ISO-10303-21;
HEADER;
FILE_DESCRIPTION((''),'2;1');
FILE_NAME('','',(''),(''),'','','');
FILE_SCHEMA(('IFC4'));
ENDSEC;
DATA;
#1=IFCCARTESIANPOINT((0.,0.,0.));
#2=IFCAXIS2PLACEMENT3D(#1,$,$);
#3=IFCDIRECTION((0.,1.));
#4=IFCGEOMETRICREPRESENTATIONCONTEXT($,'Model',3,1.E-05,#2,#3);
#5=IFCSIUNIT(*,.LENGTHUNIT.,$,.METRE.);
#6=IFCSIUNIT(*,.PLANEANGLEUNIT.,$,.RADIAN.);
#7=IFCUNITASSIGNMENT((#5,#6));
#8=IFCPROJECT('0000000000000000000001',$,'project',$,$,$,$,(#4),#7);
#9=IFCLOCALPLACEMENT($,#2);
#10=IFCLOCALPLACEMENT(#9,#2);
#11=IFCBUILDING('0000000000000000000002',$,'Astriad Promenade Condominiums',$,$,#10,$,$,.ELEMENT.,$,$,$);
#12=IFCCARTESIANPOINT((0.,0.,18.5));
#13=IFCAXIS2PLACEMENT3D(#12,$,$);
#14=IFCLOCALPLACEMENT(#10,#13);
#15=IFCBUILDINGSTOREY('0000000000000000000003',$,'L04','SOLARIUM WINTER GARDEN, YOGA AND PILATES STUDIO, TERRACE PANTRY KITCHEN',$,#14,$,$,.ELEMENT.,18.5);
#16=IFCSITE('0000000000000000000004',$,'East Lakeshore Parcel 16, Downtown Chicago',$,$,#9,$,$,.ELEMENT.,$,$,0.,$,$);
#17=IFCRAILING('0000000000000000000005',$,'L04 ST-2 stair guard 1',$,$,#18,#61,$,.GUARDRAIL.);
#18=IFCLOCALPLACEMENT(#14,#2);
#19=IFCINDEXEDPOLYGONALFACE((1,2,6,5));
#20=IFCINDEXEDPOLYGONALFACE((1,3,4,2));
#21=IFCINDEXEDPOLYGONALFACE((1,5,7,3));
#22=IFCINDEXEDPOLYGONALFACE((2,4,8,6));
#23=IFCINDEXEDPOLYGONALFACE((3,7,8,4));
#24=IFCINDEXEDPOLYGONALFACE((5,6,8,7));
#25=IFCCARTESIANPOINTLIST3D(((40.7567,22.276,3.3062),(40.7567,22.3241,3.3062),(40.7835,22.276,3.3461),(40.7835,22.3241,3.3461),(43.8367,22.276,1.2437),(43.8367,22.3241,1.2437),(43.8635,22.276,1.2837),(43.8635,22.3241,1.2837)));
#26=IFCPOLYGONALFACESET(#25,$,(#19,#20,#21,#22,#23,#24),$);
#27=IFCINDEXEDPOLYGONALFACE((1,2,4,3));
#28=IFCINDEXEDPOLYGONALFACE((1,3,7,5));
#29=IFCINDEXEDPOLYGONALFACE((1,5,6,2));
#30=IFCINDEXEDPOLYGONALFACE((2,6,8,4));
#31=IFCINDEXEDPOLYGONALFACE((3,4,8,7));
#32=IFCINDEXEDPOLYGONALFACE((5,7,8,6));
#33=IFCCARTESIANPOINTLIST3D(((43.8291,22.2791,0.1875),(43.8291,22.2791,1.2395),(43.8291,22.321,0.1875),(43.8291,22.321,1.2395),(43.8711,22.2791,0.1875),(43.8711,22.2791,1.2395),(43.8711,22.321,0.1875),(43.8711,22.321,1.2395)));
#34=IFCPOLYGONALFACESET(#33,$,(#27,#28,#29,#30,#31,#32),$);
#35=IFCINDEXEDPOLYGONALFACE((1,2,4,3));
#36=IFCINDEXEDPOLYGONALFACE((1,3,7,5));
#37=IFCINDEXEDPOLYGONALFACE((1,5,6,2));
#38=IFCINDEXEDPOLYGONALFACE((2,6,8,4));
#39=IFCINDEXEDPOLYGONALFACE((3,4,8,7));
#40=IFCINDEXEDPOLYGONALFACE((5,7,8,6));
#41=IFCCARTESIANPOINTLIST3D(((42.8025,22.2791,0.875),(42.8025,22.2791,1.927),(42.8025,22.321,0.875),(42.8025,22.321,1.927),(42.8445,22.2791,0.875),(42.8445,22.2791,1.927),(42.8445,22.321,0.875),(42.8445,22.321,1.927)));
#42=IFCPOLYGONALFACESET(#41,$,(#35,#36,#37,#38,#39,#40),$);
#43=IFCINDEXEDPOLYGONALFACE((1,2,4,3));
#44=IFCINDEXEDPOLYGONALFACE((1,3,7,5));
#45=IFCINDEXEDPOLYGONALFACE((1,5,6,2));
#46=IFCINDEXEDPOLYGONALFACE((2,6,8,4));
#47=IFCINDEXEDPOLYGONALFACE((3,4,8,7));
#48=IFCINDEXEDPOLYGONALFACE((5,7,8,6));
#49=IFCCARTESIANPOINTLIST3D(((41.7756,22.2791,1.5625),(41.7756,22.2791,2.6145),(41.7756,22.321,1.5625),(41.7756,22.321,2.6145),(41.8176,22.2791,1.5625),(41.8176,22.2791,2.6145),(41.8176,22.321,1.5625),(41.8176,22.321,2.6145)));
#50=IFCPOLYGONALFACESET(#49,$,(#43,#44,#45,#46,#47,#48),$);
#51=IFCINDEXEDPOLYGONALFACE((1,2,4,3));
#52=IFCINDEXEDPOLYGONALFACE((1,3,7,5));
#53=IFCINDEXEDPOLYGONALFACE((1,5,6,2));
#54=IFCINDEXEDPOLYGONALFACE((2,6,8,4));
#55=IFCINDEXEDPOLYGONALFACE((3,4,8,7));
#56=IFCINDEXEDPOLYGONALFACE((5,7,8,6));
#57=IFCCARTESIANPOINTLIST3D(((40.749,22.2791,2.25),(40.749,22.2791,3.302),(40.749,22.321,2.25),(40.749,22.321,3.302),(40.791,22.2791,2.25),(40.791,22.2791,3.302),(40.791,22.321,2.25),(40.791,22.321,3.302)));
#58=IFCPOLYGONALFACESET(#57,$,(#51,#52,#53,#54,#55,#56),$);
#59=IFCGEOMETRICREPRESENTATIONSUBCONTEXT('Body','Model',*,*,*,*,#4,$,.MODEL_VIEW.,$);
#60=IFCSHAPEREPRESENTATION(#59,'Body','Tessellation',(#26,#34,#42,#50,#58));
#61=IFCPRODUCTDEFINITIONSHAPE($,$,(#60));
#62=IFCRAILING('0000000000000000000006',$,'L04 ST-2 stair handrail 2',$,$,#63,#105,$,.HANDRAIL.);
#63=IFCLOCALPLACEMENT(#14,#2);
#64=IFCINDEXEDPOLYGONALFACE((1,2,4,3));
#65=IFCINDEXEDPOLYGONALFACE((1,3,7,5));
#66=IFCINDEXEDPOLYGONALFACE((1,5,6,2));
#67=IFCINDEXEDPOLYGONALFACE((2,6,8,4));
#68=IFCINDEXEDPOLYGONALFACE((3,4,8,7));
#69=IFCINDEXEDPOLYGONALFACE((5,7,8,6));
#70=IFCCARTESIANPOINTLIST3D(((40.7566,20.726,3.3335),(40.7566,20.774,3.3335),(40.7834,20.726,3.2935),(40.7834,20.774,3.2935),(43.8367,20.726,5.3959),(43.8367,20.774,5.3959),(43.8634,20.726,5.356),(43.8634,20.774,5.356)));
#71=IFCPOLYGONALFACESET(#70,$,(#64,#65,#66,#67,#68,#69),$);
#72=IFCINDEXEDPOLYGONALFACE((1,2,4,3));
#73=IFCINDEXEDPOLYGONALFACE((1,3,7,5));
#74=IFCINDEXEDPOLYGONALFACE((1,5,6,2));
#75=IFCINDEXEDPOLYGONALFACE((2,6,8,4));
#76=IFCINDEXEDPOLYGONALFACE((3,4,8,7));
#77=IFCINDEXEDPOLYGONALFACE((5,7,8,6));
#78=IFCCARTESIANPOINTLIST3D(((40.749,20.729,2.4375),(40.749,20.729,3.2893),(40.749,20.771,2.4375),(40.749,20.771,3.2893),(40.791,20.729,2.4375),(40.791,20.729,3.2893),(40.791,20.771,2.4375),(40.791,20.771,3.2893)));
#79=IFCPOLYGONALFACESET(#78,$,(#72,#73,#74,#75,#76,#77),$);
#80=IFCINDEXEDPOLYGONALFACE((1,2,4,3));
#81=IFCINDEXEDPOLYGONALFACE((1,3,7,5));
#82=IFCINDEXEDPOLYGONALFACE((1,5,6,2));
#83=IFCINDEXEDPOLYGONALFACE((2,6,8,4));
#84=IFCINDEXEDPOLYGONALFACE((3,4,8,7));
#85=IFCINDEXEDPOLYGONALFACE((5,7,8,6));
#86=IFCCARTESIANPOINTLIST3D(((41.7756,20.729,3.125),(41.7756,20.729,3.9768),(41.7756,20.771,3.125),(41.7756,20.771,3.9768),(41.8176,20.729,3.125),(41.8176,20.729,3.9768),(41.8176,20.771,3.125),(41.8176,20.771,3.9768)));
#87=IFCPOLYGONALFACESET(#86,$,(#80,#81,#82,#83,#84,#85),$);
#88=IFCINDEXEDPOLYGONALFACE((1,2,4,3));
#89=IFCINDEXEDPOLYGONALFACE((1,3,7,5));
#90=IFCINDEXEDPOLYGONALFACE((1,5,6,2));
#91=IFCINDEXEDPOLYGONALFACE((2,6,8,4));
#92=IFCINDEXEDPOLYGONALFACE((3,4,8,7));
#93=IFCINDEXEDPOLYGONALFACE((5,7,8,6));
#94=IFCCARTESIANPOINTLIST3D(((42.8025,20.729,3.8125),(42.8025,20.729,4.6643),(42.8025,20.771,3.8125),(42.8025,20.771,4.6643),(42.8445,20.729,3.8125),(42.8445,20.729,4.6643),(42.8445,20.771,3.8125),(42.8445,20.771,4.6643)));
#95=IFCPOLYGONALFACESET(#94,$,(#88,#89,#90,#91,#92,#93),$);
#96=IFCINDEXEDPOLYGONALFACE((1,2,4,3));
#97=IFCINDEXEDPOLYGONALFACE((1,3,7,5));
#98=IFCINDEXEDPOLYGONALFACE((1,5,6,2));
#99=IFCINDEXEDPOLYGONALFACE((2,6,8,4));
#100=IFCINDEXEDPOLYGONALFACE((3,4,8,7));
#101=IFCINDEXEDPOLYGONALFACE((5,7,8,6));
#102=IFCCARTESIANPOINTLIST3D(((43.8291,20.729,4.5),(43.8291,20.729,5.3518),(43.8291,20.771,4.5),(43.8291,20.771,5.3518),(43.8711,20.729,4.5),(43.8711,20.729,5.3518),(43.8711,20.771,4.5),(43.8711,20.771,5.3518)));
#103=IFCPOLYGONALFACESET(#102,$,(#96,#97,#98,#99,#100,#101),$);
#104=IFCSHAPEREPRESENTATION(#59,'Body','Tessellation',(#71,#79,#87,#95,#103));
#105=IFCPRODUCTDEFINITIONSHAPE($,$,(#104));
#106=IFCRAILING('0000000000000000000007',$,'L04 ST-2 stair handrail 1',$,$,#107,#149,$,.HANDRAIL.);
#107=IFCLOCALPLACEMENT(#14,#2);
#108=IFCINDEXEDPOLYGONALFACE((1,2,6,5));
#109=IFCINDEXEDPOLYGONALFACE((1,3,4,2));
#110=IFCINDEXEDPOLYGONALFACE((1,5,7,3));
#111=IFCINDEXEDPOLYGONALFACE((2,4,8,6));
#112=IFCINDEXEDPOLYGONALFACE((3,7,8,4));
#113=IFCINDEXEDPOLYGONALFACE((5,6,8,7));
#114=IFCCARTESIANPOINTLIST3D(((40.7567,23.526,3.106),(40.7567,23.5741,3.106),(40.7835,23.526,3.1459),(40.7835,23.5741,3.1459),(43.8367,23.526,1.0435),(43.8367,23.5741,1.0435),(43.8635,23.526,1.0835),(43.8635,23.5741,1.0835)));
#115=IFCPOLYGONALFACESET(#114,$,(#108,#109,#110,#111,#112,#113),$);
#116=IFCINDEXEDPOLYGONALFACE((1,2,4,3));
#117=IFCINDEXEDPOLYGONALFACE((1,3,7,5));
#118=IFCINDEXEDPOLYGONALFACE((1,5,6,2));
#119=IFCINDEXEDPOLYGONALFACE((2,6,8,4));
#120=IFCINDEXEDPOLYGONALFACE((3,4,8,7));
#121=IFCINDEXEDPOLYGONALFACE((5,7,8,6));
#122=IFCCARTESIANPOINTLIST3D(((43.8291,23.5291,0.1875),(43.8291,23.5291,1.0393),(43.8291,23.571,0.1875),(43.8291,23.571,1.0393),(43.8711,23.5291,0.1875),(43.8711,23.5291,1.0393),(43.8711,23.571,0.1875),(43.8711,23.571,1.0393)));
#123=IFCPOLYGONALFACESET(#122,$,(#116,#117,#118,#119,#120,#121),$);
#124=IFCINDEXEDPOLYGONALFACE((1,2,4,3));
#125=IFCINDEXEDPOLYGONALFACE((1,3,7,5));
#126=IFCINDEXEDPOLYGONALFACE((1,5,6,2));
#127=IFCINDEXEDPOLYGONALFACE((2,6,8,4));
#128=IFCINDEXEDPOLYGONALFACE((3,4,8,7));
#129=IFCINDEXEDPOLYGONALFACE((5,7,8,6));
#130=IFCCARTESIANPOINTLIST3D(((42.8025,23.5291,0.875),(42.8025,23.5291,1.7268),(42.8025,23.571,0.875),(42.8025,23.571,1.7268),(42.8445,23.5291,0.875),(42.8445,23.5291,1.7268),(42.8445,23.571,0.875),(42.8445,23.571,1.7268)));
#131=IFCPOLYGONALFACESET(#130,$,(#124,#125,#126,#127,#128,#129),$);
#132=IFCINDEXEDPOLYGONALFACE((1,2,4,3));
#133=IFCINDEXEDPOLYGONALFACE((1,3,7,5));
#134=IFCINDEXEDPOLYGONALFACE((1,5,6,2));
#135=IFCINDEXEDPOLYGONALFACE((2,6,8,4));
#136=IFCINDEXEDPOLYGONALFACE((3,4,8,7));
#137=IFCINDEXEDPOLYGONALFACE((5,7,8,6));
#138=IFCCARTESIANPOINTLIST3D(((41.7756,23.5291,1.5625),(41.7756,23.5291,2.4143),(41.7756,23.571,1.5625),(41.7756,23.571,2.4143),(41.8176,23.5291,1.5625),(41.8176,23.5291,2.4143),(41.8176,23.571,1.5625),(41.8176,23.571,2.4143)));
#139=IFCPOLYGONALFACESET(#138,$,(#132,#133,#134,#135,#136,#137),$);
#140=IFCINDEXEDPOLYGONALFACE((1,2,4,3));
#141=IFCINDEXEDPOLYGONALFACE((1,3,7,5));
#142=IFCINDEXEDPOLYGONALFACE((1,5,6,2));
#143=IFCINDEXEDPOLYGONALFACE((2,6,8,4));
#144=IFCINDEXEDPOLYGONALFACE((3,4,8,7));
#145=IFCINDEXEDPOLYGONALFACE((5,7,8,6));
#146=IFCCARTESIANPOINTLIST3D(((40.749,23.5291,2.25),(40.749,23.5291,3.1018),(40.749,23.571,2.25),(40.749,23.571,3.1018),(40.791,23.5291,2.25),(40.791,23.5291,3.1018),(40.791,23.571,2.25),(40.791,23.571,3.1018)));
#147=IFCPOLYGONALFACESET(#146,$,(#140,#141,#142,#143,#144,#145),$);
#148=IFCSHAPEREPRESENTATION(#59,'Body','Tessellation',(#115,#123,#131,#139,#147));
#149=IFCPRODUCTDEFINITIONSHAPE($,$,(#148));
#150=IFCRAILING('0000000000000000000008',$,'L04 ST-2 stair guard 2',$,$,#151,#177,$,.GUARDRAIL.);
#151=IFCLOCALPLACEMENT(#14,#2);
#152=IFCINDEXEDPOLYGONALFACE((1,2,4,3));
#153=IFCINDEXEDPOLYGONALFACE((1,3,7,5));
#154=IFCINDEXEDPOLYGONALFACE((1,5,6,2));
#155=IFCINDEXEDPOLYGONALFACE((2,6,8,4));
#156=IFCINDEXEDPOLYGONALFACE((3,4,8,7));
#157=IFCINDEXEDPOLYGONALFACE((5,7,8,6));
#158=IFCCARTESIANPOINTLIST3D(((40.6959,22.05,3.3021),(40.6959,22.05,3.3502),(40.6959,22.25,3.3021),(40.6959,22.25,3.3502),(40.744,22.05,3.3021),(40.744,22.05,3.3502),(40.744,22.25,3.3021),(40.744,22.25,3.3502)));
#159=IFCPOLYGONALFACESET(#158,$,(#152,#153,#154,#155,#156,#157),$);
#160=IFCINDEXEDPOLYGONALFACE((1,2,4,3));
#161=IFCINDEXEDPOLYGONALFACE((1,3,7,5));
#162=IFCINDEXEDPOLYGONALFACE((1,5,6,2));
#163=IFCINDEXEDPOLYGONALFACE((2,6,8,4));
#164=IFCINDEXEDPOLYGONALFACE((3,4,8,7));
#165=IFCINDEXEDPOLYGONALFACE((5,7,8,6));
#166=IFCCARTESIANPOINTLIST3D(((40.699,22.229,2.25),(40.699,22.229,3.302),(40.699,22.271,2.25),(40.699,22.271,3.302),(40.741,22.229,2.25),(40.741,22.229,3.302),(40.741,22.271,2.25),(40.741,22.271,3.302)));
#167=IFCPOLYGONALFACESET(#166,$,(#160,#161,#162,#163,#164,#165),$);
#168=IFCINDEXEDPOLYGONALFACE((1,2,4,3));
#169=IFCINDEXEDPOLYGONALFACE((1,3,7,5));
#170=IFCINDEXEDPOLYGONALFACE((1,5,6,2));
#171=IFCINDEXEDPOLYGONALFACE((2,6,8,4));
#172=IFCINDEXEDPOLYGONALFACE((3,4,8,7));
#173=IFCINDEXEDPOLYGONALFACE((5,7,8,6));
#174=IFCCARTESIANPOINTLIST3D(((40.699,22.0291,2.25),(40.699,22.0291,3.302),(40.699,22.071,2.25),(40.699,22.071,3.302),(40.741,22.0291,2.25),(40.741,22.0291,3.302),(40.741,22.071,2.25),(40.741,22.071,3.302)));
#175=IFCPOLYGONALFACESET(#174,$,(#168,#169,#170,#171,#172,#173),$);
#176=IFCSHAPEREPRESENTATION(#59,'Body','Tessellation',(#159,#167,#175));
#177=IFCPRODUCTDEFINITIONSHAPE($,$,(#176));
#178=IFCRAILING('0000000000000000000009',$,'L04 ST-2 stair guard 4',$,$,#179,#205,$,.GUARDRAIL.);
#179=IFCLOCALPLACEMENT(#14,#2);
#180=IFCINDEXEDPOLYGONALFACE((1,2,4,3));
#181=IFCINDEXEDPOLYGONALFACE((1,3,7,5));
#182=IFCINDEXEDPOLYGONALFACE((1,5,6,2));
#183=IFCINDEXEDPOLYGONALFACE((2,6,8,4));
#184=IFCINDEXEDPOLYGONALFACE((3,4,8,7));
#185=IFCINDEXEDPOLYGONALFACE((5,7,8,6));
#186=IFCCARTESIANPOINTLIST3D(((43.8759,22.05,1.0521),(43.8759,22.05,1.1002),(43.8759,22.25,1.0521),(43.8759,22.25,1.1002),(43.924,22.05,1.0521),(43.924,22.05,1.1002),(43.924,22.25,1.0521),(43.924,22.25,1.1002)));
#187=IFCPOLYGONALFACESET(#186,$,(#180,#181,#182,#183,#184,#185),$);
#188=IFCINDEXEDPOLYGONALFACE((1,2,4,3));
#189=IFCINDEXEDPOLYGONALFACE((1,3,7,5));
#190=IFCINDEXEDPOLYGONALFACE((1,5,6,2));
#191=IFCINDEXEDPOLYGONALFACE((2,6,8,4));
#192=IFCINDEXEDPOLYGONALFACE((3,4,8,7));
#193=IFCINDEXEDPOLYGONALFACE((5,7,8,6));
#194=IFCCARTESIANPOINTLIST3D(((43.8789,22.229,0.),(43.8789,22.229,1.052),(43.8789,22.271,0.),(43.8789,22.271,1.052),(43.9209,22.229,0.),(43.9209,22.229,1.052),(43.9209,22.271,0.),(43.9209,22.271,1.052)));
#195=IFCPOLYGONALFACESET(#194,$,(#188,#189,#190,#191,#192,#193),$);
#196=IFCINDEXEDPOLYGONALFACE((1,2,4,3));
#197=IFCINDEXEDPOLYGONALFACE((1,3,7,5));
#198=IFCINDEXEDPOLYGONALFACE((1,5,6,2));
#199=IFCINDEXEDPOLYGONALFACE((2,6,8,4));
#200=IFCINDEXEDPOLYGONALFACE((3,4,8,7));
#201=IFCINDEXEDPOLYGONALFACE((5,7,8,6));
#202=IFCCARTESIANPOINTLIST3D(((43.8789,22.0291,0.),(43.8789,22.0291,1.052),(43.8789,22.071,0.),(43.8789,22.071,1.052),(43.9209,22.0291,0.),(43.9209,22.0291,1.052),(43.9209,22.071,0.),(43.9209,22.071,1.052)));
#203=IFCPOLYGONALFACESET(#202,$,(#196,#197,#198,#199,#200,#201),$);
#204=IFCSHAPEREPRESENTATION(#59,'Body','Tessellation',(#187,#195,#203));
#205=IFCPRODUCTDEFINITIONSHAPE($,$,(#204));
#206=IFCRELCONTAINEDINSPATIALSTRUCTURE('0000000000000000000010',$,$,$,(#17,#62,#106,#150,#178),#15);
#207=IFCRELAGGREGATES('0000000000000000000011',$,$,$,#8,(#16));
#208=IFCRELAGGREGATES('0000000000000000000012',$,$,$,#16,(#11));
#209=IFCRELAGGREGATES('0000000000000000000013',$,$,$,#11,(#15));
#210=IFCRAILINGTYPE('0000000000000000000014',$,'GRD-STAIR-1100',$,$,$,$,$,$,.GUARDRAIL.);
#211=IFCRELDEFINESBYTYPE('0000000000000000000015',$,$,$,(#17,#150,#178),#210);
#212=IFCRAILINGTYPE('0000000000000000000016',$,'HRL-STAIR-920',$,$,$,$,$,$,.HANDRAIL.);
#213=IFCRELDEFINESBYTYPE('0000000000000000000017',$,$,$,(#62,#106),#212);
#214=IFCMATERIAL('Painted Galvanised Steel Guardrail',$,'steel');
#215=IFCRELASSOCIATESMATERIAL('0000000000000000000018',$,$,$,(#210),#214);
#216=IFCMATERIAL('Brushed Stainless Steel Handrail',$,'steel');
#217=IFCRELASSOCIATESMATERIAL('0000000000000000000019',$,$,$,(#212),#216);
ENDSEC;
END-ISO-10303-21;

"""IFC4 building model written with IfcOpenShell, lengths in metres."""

from ifc_helpers import new_model, si_unit, direction, frame, origin, origin_2d, place, context, subcontext, project, spatial, rectangle, extrude, source, transform, mapped, material, type_object, type_shapes, element, save


model = new_model("IFC4")

# Units and contexts
model_context = context("Model", 3, precision=1e-05, world=origin(), true_north=direction((0.0, 1.0)))
body_context = subcontext(model_context, "Body", "Model", "MODEL_VIEW")
ifc_project = project(units=[si_unit("LENGTHUNIT", "METRE"), si_unit("PLANEANGLEUNIT", "RADIAN")], contexts=[model_context])

# Site, building, storey
site_placement = place(None, origin())
site = spatial("IfcSite", under=ifc_project, at=site_placement, Name="East Lakeshore Parcel 16, Downtown Chicago", CompositionType="ELEMENT", RefElevation=0.0)
building_placement = place(site_placement, origin())
building = spatial("IfcBuilding", under=site, at=building_placement, Name="Astriad Promenade Condominiums", CompositionType="ELEMENT")
storey_placement = place(building_placement, frame((0.0, 0.0, 18.5)))
storey = spatial("IfcBuildingStorey", under=building, at=storey_placement, Name="L04", Description="SOLARIUM WINTER GARDEN, YOGA AND PILATES STUDIO, TERRACE PANTRY KITCHEN", CompositionType="ELEMENT", Elevation=18.5)

# Railings
ifc_material_1 = material(Name="Painted Galvanised Steel Guardrail", Category="steel")
railing_type_1 = type_object("IfcRailingType", Name="GRD-STAIR-1100", PredefinedType="GUARDRAIL", material=ifc_material_1)
shared_shape_1 = source(origin(), body_context, "Body", "SweptSolid", [
    extrude(rectangle(XDim=0.0481, YDim=0.0481, at=origin_2d()), frame((0.0, 0.0, 1.0762), z_axis=(-0.830914, 0.0, 0.556401), x_axis=(0.0, -1.0, 0.0)), (0.0, 0.0, 1.0), 3.7068),
    extrude(rectangle(XDim=0.042, YDim=0.042, at=origin_2d()), origin(), (0.0, 0.0, 1.0), 1.052),
    extrude(rectangle(XDim=0.042, YDim=0.042, at=origin_2d()), frame((-1.0266, 0.0, 0.6875)), (0.0, 0.0, 1.0), 1.052),
    extrude(rectangle(XDim=0.042, YDim=0.042, at=origin_2d()), frame((-2.0535, 0.0, 1.375)), (0.0, 0.0, 1.0), 1.052),
    extrude(rectangle(XDim=0.042, YDim=0.042, at=origin_2d()), frame((-3.0801, 0.0, 2.0625)), (0.0, 0.0, 1.0), 1.052),
])
railing_1_placement = place(storey_placement, frame((43.8501, 22.3, 0.1875)))
element("IfcRailing", 1, at=railing_1_placement, inside=storey, type_object=railing_type_1, Name="L04 ST-2 stair guard 1", PredefinedType="GUARDRAIL", context=body_context, shape_type="MappedRepresentation", body=[
    mapped(shared_shape_1, transform((0.0, 0.0, 0.0), scale=1.0)),
])
ifc_material_2 = material(Name="Brushed Stainless Steel Handrail", Category="steel")
railing_type_2 = type_object("IfcRailingType", Name="HRL-STAIR-920", PredefinedType="HANDRAIL", material=ifc_material_2)
shared_shape_2 = source(origin(), body_context, "Body", "SweptSolid", [
    extrude(rectangle(XDim=0.0481, YDim=0.0481, at=origin_2d()), frame((0.0, 0.0, 0.876), z_axis=(0.830914, 0.0, 0.556401), x_axis=(0.0, 1.0, 0.0)), (0.0, 0.0, 1.0), 3.7068),
    extrude(rectangle(XDim=0.042, YDim=0.042, at=origin_2d()), origin(), (0.0, 0.0, 1.0), 0.8518),
    extrude(rectangle(XDim=0.042, YDim=0.042, at=origin_2d()), frame((1.0266, 0.0, 0.6875)), (0.0, 0.0, 1.0), 0.8518),
    extrude(rectangle(XDim=0.042, YDim=0.042, at=origin_2d()), frame((2.0535, 0.0, 1.375)), (0.0, 0.0, 1.0), 0.8518),
    extrude(rectangle(XDim=0.042, YDim=0.042, at=origin_2d()), frame((3.0801, 0.0, 2.0625)), (0.0, 0.0, 1.0), 0.8518),
])
railing_2_placement = place(storey_placement, frame((40.77, 20.75, 2.4375)))
element("IfcRailing", 2, at=railing_2_placement, inside=storey, type_object=railing_type_2, Name="L04 ST-2 stair handrail 2", PredefinedType="HANDRAIL", context=body_context, shape_type="MappedRepresentation", body=[
    mapped(shared_shape_2, transform((0.0, 0.0, 0.0), scale=1.0)),
])
shared_shape_3 = source(origin(), body_context, "Body", "SweptSolid", [
    extrude(rectangle(XDim=0.0481, YDim=0.0481, at=origin_2d()), frame((0.0, 0.0, 0.876), z_axis=(-0.830914, 0.0, 0.556401), x_axis=(0.0, -1.0, 0.0)), (0.0, 0.0, 1.0), 3.7068),
    extrude(rectangle(XDim=0.042, YDim=0.042, at=origin_2d()), origin(), (0.0, 0.0, 1.0), 0.8518),
    extrude(rectangle(XDim=0.042, YDim=0.042, at=origin_2d()), frame((-1.0266, 0.0, 0.6875)), (0.0, 0.0, 1.0), 0.8518),
    extrude(rectangle(XDim=0.042, YDim=0.042, at=origin_2d()), frame((-2.0535, 0.0, 1.375)), (0.0, 0.0, 1.0), 0.8518),
    extrude(rectangle(XDim=0.042, YDim=0.042, at=origin_2d()), frame((-3.0801, 0.0, 2.0625)), (0.0, 0.0, 1.0), 0.8518),
])
type_shapes(railing_type_2, [shared_shape_2, shared_shape_3])
railing_3_placement = place(storey_placement, frame((43.8501, 23.55, 0.1875)))
element("IfcRailing", 3, at=railing_3_placement, inside=storey, type_object=railing_type_2, Name="L04 ST-2 stair handrail 1", PredefinedType="HANDRAIL", context=body_context, shape_type="MappedRepresentation", body=[
    mapped(shared_shape_3, transform((0.0, 0.0, 0.0), scale=1.0)),
])
shared_shape_4 = source(origin(), body_context, "Body", "SweptSolid", [
    extrude(rectangle(XDim=0.0481, YDim=0.0481, at=origin_2d()), frame((0.0, 0.0, 1.0762), z_axis=(0.0, -1.0, 0.0), x_axis=(1.0, 0.0, 0.0)), (0.0, 0.0, 1.0), 0.2),
    extrude(rectangle(XDim=0.042, YDim=0.042, at=origin_2d()), origin(), (0.0, 0.0, 1.0), 1.052),
    extrude(rectangle(XDim=0.042, YDim=0.042, at=origin_2d()), frame((0.0, -0.2, 0.0)), (0.0, 0.0, 1.0), 1.052),
])
for number, where, name in (
    (4, (40.72, 22.25, 2.25), "L04 ST-2 stair guard 2"),
    (5, (43.8999, 22.25, 0.0), "L04 ST-2 stair guard 4"),
):
    element("IfcRailing", number, at=place(storey_placement, frame(where)), inside=storey, type_object=railing_type_1, Name=name, PredefinedType="GUARDRAIL", context=body_context, shape_type="MappedRepresentation", body=[
        mapped(shared_shape_4, transform((0.0, 0.0, 0.0), scale=1.0)),
    ])

save(model, "model.ifc")
